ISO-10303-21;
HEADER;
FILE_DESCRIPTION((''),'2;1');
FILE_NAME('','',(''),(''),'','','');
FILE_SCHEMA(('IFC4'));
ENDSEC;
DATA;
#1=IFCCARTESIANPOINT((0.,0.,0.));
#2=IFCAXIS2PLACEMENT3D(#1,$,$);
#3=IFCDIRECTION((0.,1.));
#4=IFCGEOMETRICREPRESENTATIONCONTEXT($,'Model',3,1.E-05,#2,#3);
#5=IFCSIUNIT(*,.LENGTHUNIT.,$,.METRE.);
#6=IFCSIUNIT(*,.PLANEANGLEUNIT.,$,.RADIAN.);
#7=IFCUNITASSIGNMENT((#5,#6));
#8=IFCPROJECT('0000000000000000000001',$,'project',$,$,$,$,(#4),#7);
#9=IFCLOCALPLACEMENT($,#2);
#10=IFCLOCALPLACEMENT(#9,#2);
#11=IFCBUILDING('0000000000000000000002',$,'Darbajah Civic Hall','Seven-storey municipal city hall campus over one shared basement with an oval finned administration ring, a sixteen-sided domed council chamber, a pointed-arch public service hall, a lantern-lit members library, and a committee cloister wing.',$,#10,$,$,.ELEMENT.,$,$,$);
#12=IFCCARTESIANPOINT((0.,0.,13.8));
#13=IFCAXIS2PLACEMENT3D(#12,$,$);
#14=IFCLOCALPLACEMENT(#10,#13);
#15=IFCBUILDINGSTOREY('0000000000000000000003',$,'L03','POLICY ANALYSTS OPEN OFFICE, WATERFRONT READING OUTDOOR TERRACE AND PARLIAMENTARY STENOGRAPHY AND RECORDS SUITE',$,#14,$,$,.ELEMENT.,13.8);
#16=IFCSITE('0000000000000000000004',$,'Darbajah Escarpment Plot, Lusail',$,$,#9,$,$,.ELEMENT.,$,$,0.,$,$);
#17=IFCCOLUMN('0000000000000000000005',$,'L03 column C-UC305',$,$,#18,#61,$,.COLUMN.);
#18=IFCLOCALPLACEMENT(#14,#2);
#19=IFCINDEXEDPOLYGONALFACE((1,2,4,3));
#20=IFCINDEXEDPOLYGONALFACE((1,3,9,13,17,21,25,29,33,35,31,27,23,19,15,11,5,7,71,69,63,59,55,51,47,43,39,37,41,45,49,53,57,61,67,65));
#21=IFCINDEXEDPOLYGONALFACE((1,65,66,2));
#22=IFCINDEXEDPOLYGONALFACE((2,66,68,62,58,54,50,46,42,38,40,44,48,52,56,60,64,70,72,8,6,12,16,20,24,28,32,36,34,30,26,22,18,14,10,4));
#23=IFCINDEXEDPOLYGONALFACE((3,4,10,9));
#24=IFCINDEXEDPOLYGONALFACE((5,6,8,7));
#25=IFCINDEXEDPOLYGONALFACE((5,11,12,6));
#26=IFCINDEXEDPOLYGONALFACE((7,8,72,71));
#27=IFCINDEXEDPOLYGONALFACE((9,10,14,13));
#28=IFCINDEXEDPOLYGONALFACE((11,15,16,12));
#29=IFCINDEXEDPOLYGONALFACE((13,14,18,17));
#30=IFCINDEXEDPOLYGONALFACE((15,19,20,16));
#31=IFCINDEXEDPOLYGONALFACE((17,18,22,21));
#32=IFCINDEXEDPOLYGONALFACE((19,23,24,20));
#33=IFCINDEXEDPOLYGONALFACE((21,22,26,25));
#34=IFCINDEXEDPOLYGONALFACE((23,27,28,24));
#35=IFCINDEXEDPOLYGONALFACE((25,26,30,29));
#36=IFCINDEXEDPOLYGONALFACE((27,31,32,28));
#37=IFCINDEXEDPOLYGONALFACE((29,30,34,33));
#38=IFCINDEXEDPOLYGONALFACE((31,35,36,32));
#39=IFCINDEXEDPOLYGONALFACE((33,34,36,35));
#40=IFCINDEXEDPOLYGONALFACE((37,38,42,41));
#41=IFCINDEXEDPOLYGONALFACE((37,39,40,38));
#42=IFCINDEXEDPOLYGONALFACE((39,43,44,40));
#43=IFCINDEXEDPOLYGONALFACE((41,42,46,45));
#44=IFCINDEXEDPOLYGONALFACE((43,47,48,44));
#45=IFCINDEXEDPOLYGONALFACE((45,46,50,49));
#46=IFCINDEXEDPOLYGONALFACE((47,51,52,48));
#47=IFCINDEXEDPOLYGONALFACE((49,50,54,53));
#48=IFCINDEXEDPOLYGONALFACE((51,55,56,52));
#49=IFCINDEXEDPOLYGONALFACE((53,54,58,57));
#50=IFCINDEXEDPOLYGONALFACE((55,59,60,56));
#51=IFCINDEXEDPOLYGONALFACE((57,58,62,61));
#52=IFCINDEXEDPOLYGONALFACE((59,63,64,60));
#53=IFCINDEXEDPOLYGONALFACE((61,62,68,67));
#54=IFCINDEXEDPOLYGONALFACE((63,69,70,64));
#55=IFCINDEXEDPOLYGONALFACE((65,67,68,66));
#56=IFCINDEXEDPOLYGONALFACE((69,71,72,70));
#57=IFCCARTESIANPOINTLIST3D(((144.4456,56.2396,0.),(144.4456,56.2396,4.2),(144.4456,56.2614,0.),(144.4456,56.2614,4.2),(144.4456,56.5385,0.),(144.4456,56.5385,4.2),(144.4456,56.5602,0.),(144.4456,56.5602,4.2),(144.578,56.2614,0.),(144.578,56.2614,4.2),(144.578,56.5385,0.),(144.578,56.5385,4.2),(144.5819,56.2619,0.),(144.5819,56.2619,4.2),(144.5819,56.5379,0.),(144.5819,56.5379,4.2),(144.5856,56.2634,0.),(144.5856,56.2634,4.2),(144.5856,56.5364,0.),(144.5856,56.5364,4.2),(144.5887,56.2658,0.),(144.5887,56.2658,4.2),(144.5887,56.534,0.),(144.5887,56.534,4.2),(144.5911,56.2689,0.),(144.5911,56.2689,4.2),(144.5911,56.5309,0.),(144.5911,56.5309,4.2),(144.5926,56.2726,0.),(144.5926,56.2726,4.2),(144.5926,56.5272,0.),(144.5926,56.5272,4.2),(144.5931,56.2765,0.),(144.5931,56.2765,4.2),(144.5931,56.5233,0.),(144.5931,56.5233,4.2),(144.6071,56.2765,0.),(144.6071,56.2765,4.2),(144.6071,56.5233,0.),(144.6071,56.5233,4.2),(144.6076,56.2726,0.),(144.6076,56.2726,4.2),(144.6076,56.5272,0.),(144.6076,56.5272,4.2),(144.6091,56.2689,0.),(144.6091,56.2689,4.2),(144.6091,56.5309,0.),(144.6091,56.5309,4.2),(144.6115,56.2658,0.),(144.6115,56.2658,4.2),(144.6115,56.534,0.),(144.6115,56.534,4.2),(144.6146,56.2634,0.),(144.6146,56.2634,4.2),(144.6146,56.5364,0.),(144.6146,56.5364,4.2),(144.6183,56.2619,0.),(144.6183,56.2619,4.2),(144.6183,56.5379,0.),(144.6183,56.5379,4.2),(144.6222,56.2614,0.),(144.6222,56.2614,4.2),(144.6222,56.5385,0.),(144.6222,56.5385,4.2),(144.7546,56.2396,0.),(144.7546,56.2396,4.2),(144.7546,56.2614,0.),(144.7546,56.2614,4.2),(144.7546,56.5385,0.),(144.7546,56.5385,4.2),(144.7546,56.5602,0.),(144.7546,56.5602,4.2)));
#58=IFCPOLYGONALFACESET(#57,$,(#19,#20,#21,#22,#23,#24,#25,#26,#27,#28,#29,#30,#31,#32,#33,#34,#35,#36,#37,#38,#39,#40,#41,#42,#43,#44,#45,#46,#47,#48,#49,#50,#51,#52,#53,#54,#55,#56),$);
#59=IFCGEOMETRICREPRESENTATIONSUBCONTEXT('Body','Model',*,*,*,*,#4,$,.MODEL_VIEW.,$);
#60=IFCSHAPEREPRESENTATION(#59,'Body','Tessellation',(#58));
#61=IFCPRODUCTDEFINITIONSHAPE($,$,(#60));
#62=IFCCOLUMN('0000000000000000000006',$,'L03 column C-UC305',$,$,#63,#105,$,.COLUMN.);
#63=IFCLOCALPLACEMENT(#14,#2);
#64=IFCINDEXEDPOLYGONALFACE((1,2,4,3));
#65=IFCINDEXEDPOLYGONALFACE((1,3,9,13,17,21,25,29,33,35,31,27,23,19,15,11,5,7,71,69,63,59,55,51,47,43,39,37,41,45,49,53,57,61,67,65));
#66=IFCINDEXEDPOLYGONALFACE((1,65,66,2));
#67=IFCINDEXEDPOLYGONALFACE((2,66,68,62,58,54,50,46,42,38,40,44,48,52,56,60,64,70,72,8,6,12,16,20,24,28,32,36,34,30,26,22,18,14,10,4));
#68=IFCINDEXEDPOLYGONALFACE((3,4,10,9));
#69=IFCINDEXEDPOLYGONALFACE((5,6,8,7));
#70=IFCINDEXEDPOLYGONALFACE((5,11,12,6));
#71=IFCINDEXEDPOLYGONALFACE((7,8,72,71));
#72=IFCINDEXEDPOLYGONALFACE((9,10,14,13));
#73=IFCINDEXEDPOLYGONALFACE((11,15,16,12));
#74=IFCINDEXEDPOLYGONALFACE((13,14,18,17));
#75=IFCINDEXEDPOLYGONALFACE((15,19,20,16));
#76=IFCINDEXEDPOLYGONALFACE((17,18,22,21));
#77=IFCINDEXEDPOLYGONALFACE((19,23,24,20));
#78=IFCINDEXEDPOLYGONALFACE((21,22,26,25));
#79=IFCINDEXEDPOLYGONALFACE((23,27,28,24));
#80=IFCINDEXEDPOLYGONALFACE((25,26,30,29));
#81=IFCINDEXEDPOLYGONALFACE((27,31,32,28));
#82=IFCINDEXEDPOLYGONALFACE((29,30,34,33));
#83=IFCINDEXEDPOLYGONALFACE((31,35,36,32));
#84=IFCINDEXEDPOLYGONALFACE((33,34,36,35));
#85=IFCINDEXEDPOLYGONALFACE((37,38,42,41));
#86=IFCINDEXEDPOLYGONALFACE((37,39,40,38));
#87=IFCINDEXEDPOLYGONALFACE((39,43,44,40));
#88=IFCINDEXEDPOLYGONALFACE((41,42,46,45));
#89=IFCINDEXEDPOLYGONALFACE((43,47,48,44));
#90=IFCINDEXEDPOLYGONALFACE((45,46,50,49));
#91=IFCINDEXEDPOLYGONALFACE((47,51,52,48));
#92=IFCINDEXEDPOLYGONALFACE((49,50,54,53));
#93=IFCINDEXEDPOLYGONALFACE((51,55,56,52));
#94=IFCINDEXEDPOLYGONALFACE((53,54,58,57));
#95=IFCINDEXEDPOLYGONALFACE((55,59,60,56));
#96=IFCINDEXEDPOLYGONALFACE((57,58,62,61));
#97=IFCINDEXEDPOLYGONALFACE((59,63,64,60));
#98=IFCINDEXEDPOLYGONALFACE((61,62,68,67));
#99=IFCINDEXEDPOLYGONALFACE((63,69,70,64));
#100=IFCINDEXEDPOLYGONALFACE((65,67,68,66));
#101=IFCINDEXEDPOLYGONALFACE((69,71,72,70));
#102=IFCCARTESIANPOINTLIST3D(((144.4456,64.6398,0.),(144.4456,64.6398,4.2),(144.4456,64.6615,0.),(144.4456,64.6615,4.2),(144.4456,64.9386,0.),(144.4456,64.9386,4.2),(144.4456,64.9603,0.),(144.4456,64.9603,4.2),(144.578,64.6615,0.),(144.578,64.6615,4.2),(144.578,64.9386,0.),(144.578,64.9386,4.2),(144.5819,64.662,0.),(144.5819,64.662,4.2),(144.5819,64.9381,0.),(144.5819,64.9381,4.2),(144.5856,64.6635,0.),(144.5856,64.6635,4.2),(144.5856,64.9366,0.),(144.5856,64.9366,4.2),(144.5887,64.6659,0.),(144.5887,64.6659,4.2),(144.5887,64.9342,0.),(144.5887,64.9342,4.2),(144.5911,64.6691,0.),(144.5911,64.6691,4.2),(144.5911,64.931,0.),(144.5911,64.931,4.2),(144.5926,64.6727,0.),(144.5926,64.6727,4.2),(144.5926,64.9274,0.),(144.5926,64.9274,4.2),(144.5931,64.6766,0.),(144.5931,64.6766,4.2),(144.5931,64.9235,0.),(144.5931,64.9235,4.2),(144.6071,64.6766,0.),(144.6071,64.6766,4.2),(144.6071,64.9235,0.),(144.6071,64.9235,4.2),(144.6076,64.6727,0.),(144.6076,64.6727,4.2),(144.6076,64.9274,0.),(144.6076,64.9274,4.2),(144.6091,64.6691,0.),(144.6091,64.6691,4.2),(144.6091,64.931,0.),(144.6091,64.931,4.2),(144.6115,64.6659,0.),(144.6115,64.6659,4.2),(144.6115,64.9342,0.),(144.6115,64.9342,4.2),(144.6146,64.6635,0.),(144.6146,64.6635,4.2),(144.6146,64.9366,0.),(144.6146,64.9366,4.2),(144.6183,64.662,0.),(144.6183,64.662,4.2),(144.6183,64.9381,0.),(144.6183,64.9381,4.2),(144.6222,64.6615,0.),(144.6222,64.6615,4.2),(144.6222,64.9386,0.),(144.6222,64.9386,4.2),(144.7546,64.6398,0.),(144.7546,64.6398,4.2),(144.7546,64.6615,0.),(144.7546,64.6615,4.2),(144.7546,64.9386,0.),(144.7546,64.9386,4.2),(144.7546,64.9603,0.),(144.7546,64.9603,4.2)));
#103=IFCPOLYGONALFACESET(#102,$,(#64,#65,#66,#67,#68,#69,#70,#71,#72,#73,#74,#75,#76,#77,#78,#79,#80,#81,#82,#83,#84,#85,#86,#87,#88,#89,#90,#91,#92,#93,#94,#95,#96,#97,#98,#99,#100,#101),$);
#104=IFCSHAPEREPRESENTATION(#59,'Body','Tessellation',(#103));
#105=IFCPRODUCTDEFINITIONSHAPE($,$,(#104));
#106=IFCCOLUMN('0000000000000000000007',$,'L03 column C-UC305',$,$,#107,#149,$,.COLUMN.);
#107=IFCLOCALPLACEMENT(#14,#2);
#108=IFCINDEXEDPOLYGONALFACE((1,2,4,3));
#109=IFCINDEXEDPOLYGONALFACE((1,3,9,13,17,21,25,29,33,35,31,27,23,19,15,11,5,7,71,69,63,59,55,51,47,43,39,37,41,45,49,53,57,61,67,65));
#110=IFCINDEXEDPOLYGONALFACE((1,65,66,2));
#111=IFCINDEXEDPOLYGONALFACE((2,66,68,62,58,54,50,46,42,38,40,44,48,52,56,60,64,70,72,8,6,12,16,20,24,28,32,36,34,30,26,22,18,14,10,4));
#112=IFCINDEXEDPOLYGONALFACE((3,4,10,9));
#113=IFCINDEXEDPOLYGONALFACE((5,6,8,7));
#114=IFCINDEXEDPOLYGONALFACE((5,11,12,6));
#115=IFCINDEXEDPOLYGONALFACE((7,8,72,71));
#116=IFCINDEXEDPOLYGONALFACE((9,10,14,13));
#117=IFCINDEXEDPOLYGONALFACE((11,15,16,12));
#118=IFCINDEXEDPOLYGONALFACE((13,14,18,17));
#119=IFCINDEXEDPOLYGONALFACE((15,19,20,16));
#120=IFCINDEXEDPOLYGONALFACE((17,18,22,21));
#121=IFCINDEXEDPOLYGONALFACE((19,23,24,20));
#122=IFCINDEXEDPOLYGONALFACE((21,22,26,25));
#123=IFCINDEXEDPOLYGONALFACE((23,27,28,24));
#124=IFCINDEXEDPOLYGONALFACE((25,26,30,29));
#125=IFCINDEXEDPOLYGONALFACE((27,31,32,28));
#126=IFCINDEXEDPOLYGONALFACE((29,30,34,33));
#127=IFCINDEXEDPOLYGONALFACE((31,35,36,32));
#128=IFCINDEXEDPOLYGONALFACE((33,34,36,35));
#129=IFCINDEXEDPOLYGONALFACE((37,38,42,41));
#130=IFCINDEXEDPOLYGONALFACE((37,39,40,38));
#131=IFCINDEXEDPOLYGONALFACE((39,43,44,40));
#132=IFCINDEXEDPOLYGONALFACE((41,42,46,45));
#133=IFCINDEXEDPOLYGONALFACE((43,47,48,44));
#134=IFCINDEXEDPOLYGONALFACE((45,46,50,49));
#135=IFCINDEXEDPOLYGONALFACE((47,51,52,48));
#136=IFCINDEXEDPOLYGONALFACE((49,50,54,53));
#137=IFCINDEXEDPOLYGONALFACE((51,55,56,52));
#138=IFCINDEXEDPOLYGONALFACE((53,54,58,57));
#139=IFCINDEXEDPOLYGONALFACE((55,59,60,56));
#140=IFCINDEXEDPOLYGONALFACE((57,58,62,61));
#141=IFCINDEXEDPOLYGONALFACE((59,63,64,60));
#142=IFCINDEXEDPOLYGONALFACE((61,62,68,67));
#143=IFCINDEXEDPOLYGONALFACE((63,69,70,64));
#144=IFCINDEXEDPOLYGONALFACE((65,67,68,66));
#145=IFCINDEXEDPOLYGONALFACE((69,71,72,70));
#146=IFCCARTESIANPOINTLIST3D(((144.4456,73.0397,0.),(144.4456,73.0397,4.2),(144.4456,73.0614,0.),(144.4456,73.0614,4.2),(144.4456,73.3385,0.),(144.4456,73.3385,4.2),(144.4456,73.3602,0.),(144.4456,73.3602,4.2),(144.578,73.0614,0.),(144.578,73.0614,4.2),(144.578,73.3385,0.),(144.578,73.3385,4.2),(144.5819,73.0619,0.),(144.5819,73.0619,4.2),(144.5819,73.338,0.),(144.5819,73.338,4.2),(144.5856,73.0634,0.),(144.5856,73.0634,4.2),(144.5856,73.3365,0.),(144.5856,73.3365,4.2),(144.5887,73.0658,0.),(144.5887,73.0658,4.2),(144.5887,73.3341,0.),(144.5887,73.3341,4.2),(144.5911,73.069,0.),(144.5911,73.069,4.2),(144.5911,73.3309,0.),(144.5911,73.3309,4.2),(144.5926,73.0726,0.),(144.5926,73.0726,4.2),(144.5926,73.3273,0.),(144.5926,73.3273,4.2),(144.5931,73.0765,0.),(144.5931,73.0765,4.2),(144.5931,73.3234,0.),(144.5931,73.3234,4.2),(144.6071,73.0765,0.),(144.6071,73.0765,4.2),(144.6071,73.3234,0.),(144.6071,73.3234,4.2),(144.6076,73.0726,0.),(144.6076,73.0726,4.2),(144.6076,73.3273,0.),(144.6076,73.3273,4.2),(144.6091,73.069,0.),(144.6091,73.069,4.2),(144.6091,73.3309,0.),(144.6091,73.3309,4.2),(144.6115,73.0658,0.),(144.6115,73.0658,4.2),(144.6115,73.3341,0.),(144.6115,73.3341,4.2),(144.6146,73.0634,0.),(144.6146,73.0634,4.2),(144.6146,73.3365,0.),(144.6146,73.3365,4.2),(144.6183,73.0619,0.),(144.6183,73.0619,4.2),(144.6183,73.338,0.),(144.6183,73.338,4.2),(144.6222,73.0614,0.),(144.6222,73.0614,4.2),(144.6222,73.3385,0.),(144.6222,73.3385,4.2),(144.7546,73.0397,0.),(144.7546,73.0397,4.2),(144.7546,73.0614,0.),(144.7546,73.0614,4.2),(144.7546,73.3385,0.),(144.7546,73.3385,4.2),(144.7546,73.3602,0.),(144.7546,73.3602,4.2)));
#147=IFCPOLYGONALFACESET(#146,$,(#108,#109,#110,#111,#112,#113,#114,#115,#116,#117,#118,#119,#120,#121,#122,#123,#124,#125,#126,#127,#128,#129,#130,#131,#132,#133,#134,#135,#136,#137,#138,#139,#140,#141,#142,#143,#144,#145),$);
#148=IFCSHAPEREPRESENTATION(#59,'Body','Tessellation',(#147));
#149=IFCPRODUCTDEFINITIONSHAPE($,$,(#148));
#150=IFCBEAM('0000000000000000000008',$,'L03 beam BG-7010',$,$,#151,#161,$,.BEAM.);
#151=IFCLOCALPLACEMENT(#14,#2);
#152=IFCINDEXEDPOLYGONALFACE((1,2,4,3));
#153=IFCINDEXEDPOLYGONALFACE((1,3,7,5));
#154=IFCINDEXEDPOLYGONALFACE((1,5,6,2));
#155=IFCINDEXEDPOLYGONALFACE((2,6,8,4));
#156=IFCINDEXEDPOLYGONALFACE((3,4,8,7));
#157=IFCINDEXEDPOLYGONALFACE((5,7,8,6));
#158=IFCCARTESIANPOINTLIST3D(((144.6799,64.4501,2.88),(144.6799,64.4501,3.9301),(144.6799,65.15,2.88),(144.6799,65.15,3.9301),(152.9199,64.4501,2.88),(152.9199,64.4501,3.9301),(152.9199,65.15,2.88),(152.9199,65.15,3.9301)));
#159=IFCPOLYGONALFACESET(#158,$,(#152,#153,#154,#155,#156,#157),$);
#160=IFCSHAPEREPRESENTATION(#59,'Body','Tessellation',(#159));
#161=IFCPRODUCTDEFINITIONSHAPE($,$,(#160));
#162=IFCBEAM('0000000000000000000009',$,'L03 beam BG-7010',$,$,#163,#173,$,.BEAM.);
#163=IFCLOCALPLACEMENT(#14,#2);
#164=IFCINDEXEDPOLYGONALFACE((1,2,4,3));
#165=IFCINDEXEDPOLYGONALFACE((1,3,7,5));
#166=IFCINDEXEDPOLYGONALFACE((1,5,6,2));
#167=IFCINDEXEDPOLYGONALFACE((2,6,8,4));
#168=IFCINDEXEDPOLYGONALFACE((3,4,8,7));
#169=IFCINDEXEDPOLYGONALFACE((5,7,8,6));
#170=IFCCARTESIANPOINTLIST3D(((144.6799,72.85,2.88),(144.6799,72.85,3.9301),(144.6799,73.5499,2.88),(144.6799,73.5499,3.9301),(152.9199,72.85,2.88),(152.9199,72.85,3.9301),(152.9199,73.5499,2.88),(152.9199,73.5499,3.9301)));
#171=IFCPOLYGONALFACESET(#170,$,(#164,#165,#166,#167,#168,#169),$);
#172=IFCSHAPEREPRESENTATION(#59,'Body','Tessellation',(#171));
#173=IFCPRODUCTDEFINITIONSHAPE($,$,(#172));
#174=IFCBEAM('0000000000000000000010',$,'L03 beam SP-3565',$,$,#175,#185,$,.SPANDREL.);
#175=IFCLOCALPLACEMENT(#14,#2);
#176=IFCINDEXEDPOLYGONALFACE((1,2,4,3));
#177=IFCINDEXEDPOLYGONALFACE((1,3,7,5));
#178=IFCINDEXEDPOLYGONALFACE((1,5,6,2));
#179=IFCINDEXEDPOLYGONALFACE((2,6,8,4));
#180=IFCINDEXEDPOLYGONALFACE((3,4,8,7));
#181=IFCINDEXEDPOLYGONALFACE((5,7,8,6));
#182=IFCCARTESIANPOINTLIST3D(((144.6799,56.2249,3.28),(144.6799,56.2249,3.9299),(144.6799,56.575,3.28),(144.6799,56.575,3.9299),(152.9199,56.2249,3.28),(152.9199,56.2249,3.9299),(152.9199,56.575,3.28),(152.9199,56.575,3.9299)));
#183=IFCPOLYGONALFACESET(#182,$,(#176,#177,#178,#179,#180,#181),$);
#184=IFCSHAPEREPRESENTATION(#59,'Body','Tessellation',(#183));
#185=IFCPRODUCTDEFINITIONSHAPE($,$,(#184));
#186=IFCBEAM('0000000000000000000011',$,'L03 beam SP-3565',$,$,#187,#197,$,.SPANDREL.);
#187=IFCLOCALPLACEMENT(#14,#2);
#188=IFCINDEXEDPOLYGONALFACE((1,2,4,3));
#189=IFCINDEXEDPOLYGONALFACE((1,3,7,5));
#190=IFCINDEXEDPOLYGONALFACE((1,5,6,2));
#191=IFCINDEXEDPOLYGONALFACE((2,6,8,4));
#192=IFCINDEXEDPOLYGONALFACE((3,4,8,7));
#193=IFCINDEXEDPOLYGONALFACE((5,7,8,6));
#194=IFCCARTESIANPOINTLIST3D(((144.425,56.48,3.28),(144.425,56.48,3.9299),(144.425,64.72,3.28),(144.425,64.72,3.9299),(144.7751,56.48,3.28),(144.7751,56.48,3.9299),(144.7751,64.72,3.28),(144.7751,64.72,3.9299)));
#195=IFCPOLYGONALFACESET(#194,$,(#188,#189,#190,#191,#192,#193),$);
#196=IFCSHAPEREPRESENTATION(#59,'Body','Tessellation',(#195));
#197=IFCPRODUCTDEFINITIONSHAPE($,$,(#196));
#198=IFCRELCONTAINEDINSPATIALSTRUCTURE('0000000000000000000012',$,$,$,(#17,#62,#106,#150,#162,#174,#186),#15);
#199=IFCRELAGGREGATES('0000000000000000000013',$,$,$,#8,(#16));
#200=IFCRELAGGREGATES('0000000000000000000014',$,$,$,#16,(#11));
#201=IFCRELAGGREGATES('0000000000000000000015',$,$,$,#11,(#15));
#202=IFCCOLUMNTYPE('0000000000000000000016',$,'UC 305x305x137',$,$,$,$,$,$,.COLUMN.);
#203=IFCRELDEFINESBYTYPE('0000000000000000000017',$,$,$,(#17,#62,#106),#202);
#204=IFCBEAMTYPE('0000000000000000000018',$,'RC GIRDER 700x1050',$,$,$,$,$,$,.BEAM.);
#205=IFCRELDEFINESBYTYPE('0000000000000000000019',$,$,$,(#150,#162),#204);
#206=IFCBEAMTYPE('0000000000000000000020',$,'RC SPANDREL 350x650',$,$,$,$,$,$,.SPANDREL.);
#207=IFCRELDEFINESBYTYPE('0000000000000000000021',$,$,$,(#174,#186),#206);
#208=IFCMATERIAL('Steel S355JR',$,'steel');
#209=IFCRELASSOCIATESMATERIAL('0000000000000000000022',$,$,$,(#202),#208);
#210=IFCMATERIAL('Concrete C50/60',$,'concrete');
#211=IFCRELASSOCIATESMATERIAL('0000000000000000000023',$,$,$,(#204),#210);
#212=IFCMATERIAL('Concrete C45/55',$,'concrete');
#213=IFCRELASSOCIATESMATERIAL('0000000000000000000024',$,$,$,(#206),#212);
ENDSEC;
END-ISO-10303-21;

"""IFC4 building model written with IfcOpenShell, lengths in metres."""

from ifc_helpers import new_model, si_unit, direction, frame, origin, origin_2d, place, context, subcontext, project, spatial, rectangle, i_section, extrude, material, material_profile, profile_set, type_object, element, save


model = new_model("IFC4")

# Units and contexts
model_context = context("Model", 3, precision=1e-05, world=origin(), true_north=direction((0.0, 1.0)))
body_context = subcontext(model_context, "Body", "Model", "MODEL_VIEW")
ifc_project = project(units=[si_unit("LENGTHUNIT", "METRE"), si_unit("PLANEANGLEUNIT", "RADIAN")], contexts=[model_context])

# Site, building, storey
site_placement = place(None, origin())
site = spatial("IfcSite", under=ifc_project, at=site_placement, Name="Darbajah Escarpment Plot, Lusail", CompositionType="ELEMENT", RefElevation=0.0)
building_placement = place(site_placement, origin())
building = spatial("IfcBuilding", under=site, at=building_placement, Name="Darbajah Civic Hall", Description="Seven-storey municipal city hall campus over one shared basement with an oval finned administration ring, a sixteen-sided domed council chamber, a pointed-arch public service hall, a lantern-lit members library, and a committee cloister wing.", CompositionType="ELEMENT")
storey_placement = place(building_placement, frame((0.0, 0.0, 13.8)))
storey = spatial("IfcBuildingStorey", under=building, at=storey_placement, Name="L03", Description="POLICY ANALYSTS OPEN OFFICE, WATERFRONT READING OUTDOOR TERRACE AND PARLIAMENTARY STENOGRAPHY AND RECORDS SUITE", CompositionType="ELEMENT", Elevation=13.8)

# Columns
ifc_material_1 = material(Name="Steel S355JR", Category="steel")
ifc_material_profile_1 = material_profile(ifc_material_1, i_section(OverallWidth=0.3091, OverallDepth=0.3206, WebThickness=0.0139, FlangeThickness=0.0217, FilletRadius=0.0151, at=origin_2d()), Name="UC 305x305x137")
ifc_profile_set_1 = profile_set([ifc_material_profile_1], Name="Steel S355JR")
column_type = type_object("IfcColumnType", Name="UC 305x305x137", PredefinedType="COLUMN", material=ifc_profile_set_1)
for number, where, z_axis, x_axis, name in (
    (1, (144.6001, 56.3999, 0.0), (0.0, 0.0, 1.0), (1.0, 0.0, 0.0), "L03 column C-UC305"),
    (2, (144.6001, 64.8, 0.0), (0.0, 0.0, 1.0), (1.0, 0.0, 0.0), "L03 column C-UC305"),
    (3, (144.6001, 73.2, 0.0), (0.0, 0.0, 1.0), (1.0, 0.0, 0.0), "L03 column C-UC305"),
):
    element("IfcColumn", number, at=place(storey_placement, frame(where, z_axis=z_axis, x_axis=x_axis)), inside=storey, type_object=column_type, Name=name, PredefinedType="COLUMN", context=body_context, shape_type="SweptSolid", body=[
        extrude(i_section(OverallWidth=0.3091, OverallDepth=0.3206, WebThickness=0.0139, FlangeThickness=0.0217, FilletRadius=0.0151, at=origin_2d()), origin(), (0.0, 0.0, 1.0), 4.2),
    ])

# Beams
ifc_material_2 = material(Name="Concrete C50/60", Category="concrete")
ifc_material_profile_2 = material_profile(ifc_material_2, rectangle(XDim=0.7, YDim=1.05, at=origin_2d()), Name="RC GIRDER 700x1050")
ifc_profile_set_2 = profile_set([ifc_material_profile_2], Name="Concrete C50/60")
beam_type_1 = type_object("IfcBeamType", Name="RC GIRDER 700x1050", PredefinedType="BEAM", material=ifc_profile_set_2)
for number, where, z_axis, x_axis, name in (
    (4, (144.6799, 64.8, 3.405), (1.0, 0.0, 0.0), (0.0, 1.0, 0.0), "L03 beam BG-7010"),
    (5, (144.6799, 73.2, 3.405), (1.0, 0.0, 0.0), (0.0, 1.0, 0.0), "L03 beam BG-7010"),
):
    element("IfcBeam", number, at=place(storey_placement, frame(where, z_axis=z_axis, x_axis=x_axis)), inside=storey, type_object=beam_type_1, Name=name, PredefinedType="BEAM", context=body_context, shape_type="SweptSolid", body=[
        extrude(rectangle(XDim=0.7, YDim=1.05, at=origin_2d()), origin(), (0.0, 0.0, 1.0), 8.24),
    ])
ifc_material_3 = material(Name="Concrete C45/55", Category="concrete")
ifc_material_profile_3 = material_profile(ifc_material_3, rectangle(XDim=0.3501, YDim=0.6499, at=origin_2d()), Name="RC SPANDREL 350x650")
ifc_profile_set_3 = profile_set([ifc_material_profile_3], Name="Concrete C45/55")
beam_type_2 = type_object("IfcBeamType", Name="RC SPANDREL 350x650", PredefinedType="SPANDREL", material=ifc_profile_set_3)
for number, where, z_axis, x_axis, name in (
    (6, (144.6799, 56.3999, 3.605), (1.0, 0.0, 0.0), (0.0, 1.0, 0.0), "L03 beam SP-3565"),
    (7, (144.6001, 56.48, 3.605), (0.0, 1.0, 0.0), (-1.0, 0.0, 0.0), "L03 beam SP-3565"),
):
    element("IfcBeam", number, at=place(storey_placement, frame(where, z_axis=z_axis, x_axis=x_axis)), inside=storey, type_object=beam_type_2, Name=name, PredefinedType="SPANDREL", context=body_context, shape_type="SweptSolid", body=[
        extrude(rectangle(XDim=0.3501, YDim=0.6499, at=origin_2d()), origin(), (0.0, 0.0, 1.0), 8.24),
    ])

save(model, "model.ifc")
